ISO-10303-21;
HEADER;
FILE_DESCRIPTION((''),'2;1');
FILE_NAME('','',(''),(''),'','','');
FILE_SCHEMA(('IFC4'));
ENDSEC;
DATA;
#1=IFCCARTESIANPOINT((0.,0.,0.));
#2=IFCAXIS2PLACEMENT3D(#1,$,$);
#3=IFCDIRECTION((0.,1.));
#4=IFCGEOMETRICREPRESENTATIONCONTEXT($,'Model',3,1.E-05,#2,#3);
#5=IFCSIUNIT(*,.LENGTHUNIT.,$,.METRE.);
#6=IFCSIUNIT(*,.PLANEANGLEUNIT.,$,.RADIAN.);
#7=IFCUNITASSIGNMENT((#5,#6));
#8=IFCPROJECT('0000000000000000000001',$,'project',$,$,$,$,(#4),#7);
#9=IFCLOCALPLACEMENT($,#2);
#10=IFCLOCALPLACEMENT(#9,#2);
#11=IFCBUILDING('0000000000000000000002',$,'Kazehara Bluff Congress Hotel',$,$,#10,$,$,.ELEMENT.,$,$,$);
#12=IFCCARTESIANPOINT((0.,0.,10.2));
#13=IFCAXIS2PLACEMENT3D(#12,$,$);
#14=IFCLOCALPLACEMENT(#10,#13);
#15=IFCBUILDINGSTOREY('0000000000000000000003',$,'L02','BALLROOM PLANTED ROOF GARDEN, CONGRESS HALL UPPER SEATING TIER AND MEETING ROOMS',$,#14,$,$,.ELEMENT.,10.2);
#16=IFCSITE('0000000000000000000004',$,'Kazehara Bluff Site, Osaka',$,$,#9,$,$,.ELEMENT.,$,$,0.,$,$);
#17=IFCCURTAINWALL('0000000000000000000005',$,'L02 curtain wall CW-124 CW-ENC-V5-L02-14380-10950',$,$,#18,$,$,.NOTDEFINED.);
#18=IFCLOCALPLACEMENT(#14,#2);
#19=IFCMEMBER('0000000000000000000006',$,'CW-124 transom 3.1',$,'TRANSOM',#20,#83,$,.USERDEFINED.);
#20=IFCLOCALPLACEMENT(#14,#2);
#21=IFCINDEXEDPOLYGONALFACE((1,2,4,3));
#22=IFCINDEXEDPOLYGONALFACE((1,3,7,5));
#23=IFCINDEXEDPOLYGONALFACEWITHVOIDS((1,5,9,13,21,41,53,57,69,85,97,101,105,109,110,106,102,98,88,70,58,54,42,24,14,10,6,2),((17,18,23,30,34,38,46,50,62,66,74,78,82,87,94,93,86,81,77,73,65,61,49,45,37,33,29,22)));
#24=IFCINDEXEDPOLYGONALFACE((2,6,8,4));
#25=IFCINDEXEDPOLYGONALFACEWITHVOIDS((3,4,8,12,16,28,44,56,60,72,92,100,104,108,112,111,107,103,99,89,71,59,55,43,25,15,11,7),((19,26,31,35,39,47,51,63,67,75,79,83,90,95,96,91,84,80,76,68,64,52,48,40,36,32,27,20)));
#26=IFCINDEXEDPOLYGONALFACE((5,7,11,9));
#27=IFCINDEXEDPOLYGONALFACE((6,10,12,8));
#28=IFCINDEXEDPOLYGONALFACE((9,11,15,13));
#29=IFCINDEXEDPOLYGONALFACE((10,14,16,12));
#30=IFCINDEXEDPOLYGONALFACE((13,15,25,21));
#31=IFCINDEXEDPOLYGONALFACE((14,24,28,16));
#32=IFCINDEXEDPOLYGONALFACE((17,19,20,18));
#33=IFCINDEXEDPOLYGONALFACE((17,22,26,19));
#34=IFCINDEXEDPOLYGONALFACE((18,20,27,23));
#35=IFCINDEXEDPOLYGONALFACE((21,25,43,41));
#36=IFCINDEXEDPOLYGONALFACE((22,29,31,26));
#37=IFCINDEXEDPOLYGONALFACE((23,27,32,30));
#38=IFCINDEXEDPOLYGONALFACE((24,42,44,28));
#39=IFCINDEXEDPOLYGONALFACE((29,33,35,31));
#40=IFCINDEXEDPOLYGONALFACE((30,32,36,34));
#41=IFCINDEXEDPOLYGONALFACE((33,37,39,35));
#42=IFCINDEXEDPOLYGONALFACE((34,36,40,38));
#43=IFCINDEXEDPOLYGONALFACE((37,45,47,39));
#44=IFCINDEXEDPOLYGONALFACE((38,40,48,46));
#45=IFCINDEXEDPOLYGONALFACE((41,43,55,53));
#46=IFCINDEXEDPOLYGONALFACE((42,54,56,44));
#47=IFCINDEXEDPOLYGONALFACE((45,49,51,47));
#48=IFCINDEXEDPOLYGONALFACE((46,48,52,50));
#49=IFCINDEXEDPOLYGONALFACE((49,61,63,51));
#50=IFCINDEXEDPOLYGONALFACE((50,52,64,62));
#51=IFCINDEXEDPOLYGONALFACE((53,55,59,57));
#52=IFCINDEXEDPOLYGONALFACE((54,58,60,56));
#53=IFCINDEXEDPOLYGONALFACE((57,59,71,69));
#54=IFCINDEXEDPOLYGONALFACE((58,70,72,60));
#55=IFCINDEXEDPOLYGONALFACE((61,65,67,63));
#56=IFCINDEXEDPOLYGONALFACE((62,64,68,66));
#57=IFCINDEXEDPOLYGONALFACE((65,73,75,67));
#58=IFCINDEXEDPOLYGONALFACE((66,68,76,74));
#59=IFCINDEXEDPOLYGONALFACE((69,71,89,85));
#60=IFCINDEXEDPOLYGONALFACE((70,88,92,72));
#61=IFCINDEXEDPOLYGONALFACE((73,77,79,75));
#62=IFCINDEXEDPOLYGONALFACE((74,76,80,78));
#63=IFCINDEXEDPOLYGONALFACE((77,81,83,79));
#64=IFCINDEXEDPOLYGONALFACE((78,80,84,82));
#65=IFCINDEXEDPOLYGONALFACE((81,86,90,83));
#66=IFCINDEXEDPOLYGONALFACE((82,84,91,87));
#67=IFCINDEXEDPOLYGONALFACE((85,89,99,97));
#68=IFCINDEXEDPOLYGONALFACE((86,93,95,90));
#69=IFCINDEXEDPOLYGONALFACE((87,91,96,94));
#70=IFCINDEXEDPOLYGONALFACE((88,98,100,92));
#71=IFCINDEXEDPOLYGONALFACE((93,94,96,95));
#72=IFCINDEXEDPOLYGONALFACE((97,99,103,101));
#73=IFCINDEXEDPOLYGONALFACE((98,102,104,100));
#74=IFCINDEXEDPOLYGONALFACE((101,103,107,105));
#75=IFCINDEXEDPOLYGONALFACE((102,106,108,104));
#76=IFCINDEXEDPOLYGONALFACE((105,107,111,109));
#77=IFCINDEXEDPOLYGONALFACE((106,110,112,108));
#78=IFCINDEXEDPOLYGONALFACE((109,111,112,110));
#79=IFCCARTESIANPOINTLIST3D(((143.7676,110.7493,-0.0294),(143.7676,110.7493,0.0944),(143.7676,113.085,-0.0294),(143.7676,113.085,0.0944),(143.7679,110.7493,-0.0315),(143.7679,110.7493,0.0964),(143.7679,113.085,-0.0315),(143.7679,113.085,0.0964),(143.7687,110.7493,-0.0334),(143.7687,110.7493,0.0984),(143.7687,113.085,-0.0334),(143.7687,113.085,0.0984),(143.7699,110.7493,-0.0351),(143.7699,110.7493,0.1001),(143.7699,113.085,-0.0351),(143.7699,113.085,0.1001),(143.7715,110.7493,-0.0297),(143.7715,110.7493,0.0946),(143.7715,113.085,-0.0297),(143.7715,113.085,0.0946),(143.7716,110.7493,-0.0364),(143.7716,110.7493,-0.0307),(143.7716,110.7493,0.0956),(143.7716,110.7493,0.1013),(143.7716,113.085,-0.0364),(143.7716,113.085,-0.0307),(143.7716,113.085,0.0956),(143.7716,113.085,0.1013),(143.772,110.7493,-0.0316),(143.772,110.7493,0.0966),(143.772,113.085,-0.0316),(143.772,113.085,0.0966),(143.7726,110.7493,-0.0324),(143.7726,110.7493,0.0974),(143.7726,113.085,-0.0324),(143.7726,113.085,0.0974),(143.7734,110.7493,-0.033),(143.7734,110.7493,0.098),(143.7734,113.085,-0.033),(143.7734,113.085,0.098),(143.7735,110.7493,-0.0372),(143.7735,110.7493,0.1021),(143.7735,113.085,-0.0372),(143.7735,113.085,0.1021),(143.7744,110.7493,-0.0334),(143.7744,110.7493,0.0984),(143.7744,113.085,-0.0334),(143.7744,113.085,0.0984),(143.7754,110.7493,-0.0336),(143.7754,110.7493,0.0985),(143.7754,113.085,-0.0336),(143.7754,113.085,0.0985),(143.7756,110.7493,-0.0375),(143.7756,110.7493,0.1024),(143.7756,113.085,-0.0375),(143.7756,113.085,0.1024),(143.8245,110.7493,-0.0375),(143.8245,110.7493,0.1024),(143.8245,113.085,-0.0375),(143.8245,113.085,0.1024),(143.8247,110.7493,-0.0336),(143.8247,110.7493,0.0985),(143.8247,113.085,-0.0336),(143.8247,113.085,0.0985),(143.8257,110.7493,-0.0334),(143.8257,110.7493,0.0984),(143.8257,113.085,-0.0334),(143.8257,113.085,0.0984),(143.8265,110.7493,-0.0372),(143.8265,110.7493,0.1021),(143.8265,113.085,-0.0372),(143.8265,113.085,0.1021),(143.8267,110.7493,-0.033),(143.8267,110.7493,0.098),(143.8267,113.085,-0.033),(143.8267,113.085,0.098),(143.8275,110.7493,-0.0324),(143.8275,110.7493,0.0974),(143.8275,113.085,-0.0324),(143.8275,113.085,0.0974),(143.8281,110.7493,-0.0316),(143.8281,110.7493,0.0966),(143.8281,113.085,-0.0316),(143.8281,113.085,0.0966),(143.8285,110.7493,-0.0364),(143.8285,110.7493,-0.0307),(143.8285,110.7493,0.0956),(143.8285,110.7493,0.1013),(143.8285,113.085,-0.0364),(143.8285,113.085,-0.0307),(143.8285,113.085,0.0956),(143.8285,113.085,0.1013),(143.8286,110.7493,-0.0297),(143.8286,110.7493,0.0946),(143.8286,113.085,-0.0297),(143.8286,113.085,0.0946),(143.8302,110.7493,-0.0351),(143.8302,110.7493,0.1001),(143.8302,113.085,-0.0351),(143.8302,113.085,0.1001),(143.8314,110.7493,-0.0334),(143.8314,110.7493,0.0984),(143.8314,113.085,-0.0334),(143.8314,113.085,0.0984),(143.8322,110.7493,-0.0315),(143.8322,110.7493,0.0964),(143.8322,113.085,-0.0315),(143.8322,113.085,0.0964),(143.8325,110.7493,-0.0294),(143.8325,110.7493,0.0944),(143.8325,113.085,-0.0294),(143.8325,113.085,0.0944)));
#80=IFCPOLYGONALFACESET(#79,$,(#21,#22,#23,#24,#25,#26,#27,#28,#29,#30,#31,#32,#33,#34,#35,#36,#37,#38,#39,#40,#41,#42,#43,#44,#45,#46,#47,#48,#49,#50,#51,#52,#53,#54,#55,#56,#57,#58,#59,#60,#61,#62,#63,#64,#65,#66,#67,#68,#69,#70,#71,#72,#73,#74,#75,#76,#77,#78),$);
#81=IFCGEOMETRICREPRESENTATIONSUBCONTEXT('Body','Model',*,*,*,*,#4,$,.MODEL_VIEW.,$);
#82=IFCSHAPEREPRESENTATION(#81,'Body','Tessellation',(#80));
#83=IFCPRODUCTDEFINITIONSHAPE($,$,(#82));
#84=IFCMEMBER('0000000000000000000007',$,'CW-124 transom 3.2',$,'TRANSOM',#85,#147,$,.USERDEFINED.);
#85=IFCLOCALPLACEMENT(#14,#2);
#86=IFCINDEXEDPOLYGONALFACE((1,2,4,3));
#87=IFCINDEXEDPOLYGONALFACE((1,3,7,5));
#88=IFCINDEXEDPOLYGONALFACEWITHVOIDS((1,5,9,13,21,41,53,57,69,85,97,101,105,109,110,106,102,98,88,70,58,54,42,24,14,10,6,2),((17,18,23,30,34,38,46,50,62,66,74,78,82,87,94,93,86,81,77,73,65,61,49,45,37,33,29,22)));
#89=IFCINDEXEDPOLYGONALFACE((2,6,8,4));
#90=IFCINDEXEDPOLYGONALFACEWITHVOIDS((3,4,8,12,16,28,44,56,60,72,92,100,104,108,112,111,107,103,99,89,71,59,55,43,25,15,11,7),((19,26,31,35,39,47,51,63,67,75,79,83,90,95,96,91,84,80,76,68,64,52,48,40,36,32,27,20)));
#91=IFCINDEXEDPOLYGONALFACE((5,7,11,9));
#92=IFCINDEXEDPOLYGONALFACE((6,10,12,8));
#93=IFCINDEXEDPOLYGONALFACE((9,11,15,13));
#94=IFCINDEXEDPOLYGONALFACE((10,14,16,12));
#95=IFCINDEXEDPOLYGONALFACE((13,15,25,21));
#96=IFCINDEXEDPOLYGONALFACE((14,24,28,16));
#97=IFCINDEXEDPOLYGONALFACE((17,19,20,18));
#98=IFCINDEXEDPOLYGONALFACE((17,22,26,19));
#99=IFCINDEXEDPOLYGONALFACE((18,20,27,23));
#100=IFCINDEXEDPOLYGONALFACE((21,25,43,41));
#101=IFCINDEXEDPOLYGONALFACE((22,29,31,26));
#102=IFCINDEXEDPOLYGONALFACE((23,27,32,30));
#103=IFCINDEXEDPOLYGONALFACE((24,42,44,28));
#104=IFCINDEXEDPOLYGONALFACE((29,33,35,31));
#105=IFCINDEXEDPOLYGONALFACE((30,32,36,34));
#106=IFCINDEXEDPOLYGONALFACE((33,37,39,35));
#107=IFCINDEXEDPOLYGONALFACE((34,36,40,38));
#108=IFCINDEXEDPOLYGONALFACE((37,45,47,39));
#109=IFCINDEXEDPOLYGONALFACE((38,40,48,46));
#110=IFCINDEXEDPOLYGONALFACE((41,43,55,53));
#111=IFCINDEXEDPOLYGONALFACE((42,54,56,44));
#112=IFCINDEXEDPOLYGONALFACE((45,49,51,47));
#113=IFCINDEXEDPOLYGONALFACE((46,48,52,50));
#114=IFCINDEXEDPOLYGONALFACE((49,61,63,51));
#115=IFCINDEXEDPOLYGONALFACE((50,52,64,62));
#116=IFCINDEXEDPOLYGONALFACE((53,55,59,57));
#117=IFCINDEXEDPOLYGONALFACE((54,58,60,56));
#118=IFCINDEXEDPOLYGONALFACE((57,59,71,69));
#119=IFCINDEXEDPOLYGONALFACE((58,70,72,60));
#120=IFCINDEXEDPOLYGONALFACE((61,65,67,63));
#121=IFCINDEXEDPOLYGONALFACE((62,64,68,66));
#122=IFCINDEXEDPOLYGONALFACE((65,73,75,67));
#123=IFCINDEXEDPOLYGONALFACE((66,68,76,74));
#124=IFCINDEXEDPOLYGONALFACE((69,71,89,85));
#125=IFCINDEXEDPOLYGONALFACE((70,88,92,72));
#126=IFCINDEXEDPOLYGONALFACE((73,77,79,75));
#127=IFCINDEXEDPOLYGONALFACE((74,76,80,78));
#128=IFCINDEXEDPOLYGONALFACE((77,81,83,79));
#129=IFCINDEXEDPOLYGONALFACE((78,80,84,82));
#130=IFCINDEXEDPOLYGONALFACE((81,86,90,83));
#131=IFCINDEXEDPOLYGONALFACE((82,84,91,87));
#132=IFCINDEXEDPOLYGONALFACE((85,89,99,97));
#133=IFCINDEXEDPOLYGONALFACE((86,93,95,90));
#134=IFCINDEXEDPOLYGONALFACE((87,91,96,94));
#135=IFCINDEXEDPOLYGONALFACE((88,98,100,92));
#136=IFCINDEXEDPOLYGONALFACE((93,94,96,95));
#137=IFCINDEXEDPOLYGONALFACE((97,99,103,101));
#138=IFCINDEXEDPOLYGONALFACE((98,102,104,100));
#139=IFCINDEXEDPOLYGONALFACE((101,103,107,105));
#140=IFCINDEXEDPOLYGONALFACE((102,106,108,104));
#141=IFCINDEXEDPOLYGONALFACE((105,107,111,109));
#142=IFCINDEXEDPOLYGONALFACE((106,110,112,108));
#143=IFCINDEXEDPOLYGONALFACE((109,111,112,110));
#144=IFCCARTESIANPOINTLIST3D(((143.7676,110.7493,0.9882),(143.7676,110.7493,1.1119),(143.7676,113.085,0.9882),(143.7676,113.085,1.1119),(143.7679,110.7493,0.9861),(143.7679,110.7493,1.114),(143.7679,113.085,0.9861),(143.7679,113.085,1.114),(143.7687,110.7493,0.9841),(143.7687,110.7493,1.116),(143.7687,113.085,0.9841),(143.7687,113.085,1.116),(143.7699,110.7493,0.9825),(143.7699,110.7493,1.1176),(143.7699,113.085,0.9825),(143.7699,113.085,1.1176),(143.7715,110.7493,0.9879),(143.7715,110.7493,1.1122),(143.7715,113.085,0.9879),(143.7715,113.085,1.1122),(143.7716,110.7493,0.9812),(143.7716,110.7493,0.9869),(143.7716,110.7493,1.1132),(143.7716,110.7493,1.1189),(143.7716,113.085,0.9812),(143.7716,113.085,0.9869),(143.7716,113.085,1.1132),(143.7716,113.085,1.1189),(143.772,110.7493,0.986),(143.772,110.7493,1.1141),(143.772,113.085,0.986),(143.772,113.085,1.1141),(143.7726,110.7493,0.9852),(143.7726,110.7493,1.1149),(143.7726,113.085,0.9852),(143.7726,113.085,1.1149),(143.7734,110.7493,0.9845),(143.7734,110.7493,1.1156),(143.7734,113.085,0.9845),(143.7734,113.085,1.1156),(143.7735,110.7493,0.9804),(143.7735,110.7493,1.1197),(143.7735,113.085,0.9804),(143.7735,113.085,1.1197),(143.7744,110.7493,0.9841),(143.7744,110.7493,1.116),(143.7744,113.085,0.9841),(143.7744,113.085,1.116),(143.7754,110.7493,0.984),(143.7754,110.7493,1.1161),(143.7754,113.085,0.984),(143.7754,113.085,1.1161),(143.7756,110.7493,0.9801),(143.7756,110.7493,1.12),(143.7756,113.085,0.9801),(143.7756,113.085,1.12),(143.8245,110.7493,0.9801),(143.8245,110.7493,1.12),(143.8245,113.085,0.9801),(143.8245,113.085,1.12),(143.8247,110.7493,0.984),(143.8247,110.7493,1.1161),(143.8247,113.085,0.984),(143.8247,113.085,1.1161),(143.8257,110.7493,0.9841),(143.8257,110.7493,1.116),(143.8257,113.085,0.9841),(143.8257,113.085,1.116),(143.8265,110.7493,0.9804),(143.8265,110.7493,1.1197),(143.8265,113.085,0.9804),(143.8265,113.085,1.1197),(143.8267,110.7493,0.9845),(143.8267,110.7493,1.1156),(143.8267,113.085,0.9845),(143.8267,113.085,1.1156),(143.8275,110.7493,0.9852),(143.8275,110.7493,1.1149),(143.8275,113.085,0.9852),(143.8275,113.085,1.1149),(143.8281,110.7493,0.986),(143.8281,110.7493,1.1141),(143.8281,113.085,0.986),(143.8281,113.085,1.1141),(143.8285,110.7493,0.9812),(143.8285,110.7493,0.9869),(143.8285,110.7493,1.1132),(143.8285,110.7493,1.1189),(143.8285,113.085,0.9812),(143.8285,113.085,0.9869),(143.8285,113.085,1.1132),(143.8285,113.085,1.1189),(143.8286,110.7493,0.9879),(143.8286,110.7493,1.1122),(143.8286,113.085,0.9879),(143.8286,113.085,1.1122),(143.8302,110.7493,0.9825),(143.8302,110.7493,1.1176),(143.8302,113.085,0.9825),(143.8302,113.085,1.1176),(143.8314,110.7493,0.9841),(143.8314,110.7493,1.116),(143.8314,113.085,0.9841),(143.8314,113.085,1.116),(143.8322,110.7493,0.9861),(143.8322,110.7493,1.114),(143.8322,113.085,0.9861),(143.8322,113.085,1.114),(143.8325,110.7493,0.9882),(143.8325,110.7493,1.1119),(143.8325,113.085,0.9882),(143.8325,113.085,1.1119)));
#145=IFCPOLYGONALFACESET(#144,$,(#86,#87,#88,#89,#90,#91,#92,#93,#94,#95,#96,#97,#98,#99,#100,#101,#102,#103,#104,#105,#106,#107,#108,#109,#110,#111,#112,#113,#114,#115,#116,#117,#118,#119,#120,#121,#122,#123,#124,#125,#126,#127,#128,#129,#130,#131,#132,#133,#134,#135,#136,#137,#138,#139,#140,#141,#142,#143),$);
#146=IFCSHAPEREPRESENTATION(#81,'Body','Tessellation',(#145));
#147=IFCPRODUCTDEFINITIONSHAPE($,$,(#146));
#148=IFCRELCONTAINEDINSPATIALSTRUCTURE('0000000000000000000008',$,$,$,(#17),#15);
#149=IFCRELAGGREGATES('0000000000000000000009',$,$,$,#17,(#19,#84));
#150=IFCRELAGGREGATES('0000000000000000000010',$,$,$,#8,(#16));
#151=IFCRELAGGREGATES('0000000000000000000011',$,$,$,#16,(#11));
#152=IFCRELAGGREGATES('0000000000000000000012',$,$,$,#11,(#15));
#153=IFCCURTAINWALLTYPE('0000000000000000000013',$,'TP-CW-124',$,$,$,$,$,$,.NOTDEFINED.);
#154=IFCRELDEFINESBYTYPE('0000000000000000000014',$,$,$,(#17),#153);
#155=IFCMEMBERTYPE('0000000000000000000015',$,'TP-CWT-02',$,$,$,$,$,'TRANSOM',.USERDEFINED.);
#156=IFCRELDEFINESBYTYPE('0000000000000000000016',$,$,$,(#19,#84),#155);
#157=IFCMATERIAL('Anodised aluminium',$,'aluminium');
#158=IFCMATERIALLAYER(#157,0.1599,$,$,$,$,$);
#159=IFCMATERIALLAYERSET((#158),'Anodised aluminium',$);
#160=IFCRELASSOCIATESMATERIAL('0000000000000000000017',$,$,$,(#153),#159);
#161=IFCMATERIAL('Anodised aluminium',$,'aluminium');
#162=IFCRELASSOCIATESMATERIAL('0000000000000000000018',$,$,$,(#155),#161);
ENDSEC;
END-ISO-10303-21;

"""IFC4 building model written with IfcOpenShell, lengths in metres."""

from ifc_helpers import new_model, si_unit, direction, frame, origin, origin_2d, place, context, subcontext, project, spatial, hollow_rectangle, extrude, material, layer, layer_set, material_profile, profile_set, type_object, element, aggregate, save


model = new_model("IFC4")

# Units and contexts
model_context = context("Model", 3, precision=1e-05, world=origin(), true_north=direction((0.0, 1.0)))
body_context = subcontext(model_context, "Body", "Model", "MODEL_VIEW")
ifc_project = project(units=[si_unit("LENGTHUNIT", "METRE"), si_unit("PLANEANGLEUNIT", "RADIAN")], contexts=[model_context])

# Site, building, storey
site_placement = place(None, origin())
site = spatial("IfcSite", under=ifc_project, at=site_placement, Name="Kazehara Bluff Site, Osaka", CompositionType="ELEMENT", RefElevation=0.0)
building_placement = place(site_placement, origin())
building = spatial("IfcBuilding", under=site, at=building_placement, Name="Kazehara Bluff Congress Hotel", CompositionType="ELEMENT")
storey_placement = place(building_placement, frame((0.0, 0.0, 10.2)))
storey = spatial("IfcBuildingStorey", under=building, at=storey_placement, Name="L02", Description="BALLROOM PLANTED ROOF GARDEN, CONGRESS HALL UPPER SEATING TIER AND MEETING ROOMS", CompositionType="ELEMENT", Elevation=10.2)

# Curtain wall
ifc_material_1 = material(Name="Anodised aluminium", Category="aluminium")
ifc_layer_1 = layer(ifc_material_1, 0.1599)
ifc_layer_set_1 = layer_set([ifc_layer_1], Name="Anodised aluminium")
curtain_wall_type_1 = type_object("IfcCurtainWallType", Name="TP-CW-124", PredefinedType="NOTDEFINED", material=ifc_layer_set_1)
curtain_wall_1_placement = place(storey_placement, origin())
curtain_wall_1 = element("IfcCurtainWall", 1, at=curtain_wall_1_placement, inside=storey, type_object=curtain_wall_type_1, Name="L02 curtain wall CW-124 CW-ENC-V5-L02-14380-10950", PredefinedType="NOTDEFINED")

# Members
ifc_material_2 = material(Name="Anodised aluminium", Category="aluminium")
ifc_material_profile_1 = material_profile(ifc_material_2, hollow_rectangle(XDim=0.0649, YDim=0.1399, WallThickness=0.0039, InnerFilletRadius=0.0039, OuterFilletRadius=0.0081, at=origin_2d()))
ifc_profile_set_1 = profile_set([ifc_material_profile_1], Name="Anodised aluminium")
member_type_1 = type_object("IfcMemberType", Name="TP-CWT-02", ElementType="TRANSOM", PredefinedType="USERDEFINED", material=ifc_profile_set_1)
member_1_placement = place(storey_placement, frame((143.8, 110.7493, 0.0325), z_axis=(0.0, 1.0, 0.0), x_axis=(-1.0, 0.0, 0.0)))
member_1 = element("IfcMember", 2, at=member_1_placement, type_object=member_type_1, Name="CW-124 transom 3.1", ObjectType="TRANSOM", PredefinedType="USERDEFINED", context=body_context, shape_type="SweptSolid", body=[
    extrude(hollow_rectangle(XDim=0.0649, YDim=0.1399, WallThickness=0.0039, InnerFilletRadius=0.0039, OuterFilletRadius=0.0081, at=origin_2d()), origin(), (0.0, 0.0, 1.0), 2.3357),
])
member_2_placement = place(storey_placement, frame((143.8, 110.7493, 1.05), z_axis=(0.0, 1.0, 0.0), x_axis=(-1.0, 0.0, 0.0)))
member_2 = element("IfcMember", 3, at=member_2_placement, type_object=member_type_1, Name="CW-124 transom 3.2", ObjectType="TRANSOM", PredefinedType="USERDEFINED", context=body_context, shape_type="SweptSolid", body=[
    extrude(hollow_rectangle(XDim=0.0649, YDim=0.1399, WallThickness=0.0039, InnerFilletRadius=0.0039, OuterFilletRadius=0.0081, at=origin_2d()), origin(), (0.0, 0.0, 1.0), 2.3357),
])

aggregate(curtain_wall_1, [member_1, member_2])

save(model, "model.ifc")
